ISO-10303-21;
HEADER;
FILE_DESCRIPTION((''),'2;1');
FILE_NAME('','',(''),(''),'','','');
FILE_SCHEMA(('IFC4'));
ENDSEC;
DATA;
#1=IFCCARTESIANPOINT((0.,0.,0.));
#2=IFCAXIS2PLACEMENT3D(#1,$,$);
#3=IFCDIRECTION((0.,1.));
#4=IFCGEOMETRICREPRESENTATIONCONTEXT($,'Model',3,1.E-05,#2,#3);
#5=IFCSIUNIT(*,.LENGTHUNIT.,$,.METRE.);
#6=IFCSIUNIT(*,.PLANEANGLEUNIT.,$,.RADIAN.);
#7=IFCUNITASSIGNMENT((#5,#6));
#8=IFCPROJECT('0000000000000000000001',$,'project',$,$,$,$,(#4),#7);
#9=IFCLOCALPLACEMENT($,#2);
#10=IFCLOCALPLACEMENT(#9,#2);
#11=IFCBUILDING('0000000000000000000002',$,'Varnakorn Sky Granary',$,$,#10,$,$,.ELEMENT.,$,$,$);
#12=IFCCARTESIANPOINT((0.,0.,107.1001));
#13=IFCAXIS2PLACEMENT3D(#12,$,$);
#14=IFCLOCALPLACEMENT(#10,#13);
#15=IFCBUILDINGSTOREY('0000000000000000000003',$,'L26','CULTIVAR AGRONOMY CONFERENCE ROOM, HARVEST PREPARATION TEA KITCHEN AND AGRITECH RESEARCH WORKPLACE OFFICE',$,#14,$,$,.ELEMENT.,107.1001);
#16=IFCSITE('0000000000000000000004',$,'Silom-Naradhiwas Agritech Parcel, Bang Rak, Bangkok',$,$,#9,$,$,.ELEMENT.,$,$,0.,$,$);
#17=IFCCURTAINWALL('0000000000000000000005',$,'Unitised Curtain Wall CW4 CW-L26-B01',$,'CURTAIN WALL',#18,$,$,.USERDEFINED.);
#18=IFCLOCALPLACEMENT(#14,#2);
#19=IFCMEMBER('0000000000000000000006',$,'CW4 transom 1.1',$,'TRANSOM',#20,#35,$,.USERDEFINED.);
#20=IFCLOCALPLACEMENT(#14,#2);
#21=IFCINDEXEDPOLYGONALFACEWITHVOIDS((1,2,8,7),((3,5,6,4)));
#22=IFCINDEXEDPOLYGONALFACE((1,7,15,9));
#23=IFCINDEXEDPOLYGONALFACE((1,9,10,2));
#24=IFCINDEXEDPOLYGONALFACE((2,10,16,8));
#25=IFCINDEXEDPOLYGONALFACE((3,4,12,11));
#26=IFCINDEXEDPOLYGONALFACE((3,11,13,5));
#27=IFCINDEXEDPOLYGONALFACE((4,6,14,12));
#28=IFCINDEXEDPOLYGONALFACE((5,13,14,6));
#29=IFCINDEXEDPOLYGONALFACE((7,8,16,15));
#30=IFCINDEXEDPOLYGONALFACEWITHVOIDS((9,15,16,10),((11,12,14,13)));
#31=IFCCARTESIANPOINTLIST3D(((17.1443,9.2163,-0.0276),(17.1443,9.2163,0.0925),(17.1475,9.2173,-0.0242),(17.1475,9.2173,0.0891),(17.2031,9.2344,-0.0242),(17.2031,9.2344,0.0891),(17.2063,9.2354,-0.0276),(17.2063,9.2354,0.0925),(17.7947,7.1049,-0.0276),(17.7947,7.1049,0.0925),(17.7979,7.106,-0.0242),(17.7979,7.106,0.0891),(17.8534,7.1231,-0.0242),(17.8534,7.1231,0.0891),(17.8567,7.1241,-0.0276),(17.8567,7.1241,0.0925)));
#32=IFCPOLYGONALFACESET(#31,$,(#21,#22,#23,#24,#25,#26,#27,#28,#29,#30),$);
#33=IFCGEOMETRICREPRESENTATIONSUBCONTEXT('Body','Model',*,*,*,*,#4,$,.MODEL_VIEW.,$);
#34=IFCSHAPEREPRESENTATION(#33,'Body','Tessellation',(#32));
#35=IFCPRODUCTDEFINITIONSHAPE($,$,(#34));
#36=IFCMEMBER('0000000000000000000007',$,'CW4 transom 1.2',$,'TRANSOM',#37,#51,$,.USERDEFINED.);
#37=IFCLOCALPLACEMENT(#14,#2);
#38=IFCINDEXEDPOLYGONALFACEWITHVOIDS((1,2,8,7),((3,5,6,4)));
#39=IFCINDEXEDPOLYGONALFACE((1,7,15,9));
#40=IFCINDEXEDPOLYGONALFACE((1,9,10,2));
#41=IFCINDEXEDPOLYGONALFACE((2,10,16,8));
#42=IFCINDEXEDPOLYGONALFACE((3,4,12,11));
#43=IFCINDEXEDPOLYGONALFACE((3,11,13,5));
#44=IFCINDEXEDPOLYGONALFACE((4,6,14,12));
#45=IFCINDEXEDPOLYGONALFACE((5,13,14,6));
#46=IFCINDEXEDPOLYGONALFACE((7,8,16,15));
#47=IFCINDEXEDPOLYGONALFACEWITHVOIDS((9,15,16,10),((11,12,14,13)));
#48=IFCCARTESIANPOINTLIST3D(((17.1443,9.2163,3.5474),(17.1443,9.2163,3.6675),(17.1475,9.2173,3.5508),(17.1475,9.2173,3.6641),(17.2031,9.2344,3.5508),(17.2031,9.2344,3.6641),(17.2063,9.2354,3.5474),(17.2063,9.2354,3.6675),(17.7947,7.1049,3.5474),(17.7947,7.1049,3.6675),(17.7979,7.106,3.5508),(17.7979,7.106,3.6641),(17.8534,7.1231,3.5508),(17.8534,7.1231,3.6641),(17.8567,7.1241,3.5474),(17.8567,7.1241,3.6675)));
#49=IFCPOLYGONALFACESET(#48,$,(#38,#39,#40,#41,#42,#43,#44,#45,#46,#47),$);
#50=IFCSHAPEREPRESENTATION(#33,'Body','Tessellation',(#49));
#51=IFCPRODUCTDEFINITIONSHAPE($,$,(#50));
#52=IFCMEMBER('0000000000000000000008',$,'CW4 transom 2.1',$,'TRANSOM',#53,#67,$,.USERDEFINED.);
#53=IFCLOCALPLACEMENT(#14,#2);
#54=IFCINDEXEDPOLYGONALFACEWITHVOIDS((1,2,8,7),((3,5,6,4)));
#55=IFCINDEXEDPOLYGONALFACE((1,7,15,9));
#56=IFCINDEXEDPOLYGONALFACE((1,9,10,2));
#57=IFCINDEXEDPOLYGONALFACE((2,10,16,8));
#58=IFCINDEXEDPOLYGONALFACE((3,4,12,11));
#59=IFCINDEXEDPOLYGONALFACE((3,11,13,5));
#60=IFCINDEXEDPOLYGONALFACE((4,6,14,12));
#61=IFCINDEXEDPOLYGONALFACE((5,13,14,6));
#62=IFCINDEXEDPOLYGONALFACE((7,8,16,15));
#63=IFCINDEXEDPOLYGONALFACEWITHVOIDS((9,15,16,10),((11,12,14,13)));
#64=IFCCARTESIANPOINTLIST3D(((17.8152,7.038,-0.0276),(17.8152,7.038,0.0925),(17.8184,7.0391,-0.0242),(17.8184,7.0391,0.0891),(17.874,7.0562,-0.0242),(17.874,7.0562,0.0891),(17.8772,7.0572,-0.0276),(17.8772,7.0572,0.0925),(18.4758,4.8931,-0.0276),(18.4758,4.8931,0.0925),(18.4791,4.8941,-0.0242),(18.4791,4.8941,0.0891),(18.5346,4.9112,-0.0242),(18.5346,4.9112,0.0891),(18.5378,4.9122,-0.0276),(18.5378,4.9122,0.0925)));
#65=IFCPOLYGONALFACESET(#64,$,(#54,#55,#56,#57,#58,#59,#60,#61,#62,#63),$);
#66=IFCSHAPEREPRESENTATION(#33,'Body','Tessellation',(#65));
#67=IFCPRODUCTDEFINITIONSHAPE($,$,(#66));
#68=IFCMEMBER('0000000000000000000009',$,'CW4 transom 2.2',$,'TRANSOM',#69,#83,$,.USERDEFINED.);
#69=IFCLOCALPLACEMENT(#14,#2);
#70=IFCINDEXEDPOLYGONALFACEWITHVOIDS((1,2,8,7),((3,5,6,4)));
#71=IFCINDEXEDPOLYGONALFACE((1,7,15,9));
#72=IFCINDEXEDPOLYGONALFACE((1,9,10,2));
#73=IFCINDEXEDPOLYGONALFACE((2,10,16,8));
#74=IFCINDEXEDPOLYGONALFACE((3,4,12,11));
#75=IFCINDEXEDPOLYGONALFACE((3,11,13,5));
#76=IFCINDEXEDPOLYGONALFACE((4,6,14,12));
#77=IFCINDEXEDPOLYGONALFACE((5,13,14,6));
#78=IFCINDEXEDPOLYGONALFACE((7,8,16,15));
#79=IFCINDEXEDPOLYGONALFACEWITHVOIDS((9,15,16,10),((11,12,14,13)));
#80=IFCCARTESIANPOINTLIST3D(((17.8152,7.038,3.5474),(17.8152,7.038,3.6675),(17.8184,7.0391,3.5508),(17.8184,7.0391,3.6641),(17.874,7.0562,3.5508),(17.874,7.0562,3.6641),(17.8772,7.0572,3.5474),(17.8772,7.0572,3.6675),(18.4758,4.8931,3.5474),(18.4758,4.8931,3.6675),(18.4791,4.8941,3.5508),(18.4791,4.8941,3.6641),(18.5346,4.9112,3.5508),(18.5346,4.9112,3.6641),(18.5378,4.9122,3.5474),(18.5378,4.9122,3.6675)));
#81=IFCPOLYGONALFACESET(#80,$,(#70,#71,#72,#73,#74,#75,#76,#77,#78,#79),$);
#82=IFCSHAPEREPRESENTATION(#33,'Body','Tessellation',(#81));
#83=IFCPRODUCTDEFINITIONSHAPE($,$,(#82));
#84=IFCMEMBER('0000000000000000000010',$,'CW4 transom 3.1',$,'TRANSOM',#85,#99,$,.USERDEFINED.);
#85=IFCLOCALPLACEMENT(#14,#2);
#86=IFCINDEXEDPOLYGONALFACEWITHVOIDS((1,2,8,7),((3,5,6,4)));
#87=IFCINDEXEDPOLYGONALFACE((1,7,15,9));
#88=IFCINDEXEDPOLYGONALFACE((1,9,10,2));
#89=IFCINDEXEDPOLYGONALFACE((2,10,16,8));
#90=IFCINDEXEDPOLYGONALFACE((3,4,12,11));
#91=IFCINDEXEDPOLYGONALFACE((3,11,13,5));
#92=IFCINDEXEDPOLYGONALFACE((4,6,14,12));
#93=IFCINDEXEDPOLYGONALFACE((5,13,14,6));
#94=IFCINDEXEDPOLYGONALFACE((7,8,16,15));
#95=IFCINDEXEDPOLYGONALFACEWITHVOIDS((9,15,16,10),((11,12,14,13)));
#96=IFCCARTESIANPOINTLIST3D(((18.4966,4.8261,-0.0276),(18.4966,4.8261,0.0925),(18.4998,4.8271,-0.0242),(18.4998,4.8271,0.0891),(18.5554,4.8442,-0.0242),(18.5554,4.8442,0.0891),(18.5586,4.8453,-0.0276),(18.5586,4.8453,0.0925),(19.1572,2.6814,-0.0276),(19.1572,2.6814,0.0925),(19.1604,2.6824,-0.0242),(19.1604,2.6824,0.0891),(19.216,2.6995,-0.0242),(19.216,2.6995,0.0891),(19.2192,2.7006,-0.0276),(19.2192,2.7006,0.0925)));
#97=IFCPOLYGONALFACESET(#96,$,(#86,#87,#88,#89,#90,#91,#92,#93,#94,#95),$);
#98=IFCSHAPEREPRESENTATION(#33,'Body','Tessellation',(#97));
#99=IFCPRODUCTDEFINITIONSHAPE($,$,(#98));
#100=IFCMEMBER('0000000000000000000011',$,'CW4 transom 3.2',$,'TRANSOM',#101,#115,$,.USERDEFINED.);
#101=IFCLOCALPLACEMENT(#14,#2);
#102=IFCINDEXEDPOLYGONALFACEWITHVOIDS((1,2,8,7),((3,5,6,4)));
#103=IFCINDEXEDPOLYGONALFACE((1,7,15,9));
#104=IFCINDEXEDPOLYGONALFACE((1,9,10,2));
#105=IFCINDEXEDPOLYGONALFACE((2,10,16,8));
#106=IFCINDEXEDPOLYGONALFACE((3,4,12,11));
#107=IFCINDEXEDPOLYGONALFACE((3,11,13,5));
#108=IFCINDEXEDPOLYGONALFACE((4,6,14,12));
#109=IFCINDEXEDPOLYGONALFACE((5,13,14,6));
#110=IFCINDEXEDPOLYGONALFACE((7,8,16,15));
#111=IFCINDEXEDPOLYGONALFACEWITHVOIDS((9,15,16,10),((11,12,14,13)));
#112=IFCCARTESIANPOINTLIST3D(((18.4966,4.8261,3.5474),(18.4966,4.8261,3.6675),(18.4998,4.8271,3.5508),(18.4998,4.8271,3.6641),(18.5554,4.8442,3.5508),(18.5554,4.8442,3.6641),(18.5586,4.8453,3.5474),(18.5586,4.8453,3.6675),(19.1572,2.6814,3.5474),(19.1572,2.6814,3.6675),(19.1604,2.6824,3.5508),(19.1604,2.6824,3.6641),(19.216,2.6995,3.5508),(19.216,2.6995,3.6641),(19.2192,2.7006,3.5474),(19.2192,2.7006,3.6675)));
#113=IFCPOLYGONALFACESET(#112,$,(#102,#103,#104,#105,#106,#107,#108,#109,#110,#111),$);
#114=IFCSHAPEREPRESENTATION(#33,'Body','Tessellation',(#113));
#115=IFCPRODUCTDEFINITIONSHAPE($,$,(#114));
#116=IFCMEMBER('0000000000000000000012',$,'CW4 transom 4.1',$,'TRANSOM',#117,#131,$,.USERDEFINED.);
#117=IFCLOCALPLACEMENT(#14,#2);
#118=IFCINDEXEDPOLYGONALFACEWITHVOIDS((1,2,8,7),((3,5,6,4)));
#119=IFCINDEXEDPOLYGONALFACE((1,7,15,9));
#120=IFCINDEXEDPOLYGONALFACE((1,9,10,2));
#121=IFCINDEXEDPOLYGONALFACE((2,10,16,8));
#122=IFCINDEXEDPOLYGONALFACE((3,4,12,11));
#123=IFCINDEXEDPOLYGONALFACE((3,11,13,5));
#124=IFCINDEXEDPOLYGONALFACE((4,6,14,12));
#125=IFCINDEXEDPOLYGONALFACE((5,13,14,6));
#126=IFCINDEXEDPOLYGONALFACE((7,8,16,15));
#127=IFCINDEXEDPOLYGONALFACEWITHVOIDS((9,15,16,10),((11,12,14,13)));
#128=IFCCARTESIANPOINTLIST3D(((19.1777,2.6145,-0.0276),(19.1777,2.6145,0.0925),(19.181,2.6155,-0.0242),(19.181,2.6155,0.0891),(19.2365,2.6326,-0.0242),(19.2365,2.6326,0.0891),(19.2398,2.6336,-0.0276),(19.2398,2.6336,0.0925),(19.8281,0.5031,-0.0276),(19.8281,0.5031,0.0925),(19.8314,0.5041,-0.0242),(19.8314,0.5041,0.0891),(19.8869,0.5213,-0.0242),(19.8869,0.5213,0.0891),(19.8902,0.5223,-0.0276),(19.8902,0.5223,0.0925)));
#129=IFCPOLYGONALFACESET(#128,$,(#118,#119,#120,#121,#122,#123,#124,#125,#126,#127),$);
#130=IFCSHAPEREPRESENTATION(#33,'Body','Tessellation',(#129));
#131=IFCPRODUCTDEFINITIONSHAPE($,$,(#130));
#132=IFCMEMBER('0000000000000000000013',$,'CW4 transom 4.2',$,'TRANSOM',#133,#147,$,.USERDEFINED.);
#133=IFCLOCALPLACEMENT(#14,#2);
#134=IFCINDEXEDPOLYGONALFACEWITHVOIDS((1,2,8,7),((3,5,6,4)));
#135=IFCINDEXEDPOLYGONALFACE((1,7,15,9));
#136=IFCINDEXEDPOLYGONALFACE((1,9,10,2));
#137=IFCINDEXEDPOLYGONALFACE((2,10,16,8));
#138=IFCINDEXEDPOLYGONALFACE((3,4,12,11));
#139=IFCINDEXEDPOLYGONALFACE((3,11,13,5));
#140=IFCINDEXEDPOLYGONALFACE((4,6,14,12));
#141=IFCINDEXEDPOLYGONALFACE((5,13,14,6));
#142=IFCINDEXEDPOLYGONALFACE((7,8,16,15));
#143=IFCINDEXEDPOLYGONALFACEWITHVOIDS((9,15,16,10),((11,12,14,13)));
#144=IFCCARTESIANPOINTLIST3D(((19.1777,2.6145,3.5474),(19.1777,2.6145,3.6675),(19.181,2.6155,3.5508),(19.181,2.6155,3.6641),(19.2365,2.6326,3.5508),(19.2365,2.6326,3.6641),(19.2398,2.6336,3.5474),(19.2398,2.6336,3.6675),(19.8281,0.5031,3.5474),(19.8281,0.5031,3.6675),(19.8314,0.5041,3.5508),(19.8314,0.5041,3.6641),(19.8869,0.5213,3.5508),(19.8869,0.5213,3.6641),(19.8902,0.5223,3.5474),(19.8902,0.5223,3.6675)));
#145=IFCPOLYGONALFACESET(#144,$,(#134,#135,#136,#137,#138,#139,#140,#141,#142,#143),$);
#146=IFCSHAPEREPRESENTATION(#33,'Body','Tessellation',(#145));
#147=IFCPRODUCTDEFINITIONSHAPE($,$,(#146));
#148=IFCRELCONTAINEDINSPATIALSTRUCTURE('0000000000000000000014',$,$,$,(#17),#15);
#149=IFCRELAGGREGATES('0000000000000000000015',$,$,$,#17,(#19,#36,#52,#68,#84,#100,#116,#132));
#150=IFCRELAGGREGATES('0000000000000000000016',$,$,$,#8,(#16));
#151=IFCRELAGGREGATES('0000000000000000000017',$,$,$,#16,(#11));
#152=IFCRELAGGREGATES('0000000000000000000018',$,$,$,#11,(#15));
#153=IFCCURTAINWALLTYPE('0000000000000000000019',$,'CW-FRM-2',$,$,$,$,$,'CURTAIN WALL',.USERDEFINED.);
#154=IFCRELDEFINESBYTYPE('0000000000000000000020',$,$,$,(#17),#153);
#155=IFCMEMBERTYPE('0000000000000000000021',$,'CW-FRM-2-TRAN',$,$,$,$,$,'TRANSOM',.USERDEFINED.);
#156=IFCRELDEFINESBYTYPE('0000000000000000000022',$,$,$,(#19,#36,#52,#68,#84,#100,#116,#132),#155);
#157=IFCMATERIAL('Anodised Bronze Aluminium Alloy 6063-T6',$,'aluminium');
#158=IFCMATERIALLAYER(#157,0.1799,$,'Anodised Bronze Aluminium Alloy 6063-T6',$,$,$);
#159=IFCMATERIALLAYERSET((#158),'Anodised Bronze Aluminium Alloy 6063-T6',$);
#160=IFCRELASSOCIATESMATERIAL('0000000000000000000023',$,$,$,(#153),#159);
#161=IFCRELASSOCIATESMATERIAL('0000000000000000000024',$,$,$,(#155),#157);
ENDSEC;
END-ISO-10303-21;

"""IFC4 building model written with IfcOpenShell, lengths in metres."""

from ifc_helpers import new_model, si_unit, direction, frame, origin, origin_2d, place, context, subcontext, project, spatial, hollow_rectangle, extrude, material, layer, layer_set, material_profile, profile_set, type_object, element, aggregate, save


model = new_model("IFC4")

# Units and contexts
model_context = context("Model", 3, precision=1e-05, world=origin(), true_north=direction((0.0, 1.0)))
body_context = subcontext(model_context, "Body", "Model", "MODEL_VIEW")
ifc_project = project(units=[si_unit("LENGTHUNIT", "METRE"), si_unit("PLANEANGLEUNIT", "RADIAN")], contexts=[model_context])

# Site, building, storey
site_placement = place(None, origin())
site = spatial("IfcSite", under=ifc_project, at=site_placement, Name="Silom-Naradhiwas Agritech Parcel, Bang Rak, Bangkok", CompositionType="ELEMENT", RefElevation=0.0)
building_placement = place(site_placement, origin())
building = spatial("IfcBuilding", under=site, at=building_placement, Name="Varnakorn Sky Granary", CompositionType="ELEMENT")
storey_placement = place(building_placement, frame((0.0, 0.0, 107.1001)))
storey = spatial("IfcBuildingStorey", under=building, at=storey_placement, Name="L26", Description="CULTIVAR AGRONOMY CONFERENCE ROOM, HARVEST PREPARATION TEA KITCHEN AND AGRITECH RESEARCH WORKPLACE OFFICE", CompositionType="ELEMENT", Elevation=107.1001)

# Curtain wall
ifc_material_1 = material(Name="Anodised Bronze Aluminium Alloy 6063-T6", Category="aluminium")
ifc_layer_1 = layer(ifc_material_1, 0.1799, Name="Anodised Bronze Aluminium Alloy 6063-T6")
ifc_layer_set_1 = layer_set([ifc_layer_1], Name="Anodised Bronze Aluminium Alloy 6063-T6")
curtain_wall_type = type_object("IfcCurtainWallType", Name="CW-FRM-2", ElementType="CURTAIN WALL", PredefinedType="USERDEFINED", material=ifc_layer_set_1)
curtain_wall_1_placement = place(storey_placement, origin())
curtain_wall_1 = element("IfcCurtainWall", 1, at=curtain_wall_1_placement, inside=storey, type_object=curtain_wall_type, Name="Unitised Curtain Wall CW4 CW-L26-B01", ObjectType="CURTAIN WALL", PredefinedType="USERDEFINED")

# Members
ifc_material_profile_1 = material_profile(ifc_material_1, hollow_rectangle(XDim=0.0649, YDim=0.1201, WallThickness=0.0034, at=origin_2d()), Name="ALU TRAN 65x120")
ifc_profile_set_1 = profile_set([ifc_material_profile_1], Name="Anodised Bronze Aluminium Alloy 6063-T6")
member_type_1 = type_object("IfcMemberType", Name="CW-FRM-2-TRAN", ElementType="TRANSOM", PredefinedType="USERDEFINED", material=ifc_profile_set_1)
member_1_placement = place(storey_placement, frame((17.1753, 9.2258, 0.0325), z_axis=(0.294396, -0.955683, 0.0), x_axis=(0.955683, 0.294396, 0.0)))
member_1 = element("IfcMember", 2, at=member_1_placement, type_object=member_type_1, Name="CW4 transom 1.1", ObjectType="TRANSOM", PredefinedType="USERDEFINED", context=body_context, shape_type="SweptSolid", body=[
    extrude(hollow_rectangle(XDim=0.0649, YDim=0.1201, WallThickness=0.0034, at=origin_2d()), origin(), (0.0, 0.0, 1.0), 2.2092),
])
member_2_placement = place(storey_placement, frame((17.1753, 9.2258, 3.6074), z_axis=(0.294396, -0.955683, 0.0), x_axis=(0.955683, 0.294396, 0.0)))
member_2 = element("IfcMember", 3, at=member_2_placement, type_object=member_type_1, Name="CW4 transom 1.2", ObjectType="TRANSOM", PredefinedType="USERDEFINED", context=body_context, shape_type="SweptSolid", body=[
    extrude(hollow_rectangle(XDim=0.0649, YDim=0.1201, WallThickness=0.0034, at=origin_2d()), origin(), (0.0, 0.0, 1.0), 2.2092),
])
member_3_placement = place(storey_placement, frame((17.8462, 7.0476, 0.0325), z_axis=(0.294346, -0.955699, 0.0), x_axis=(0.955699, 0.294346, 0.0)))
member_3 = element("IfcMember", 4, at=member_3_placement, type_object=member_type_1, Name="CW4 transom 2.1", ObjectType="TRANSOM", PredefinedType="USERDEFINED", context=body_context, shape_type="SweptSolid", body=[
    extrude(hollow_rectangle(XDim=0.0649, YDim=0.1201, WallThickness=0.0034, at=origin_2d()), origin(), (0.0, 0.0, 1.0), 2.2444),
])
member_4_placement = place(storey_placement, frame((17.8462, 7.0476, 3.6074), z_axis=(0.294346, -0.955699, 0.0), x_axis=(0.955699, 0.294346, 0.0)))
member_4 = element("IfcMember", 5, at=member_4_placement, type_object=member_type_1, Name="CW4 transom 2.2", ObjectType="TRANSOM", PredefinedType="USERDEFINED", context=body_context, shape_type="SweptSolid", body=[
    extrude(hollow_rectangle(XDim=0.0649, YDim=0.1201, WallThickness=0.0034, at=origin_2d()), origin(), (0.0, 0.0, 1.0), 2.2444),
])
member_5_placement = place(storey_placement, frame((18.5276, 4.8357, 0.0325), z_axis=(0.294376, -0.95569, 0.0), x_axis=(0.95569, 0.294376, 0.0)))
member_5 = element("IfcMember", 6, at=member_5_placement, type_object=member_type_1, Name="CW4 transom 3.1", ObjectType="TRANSOM", PredefinedType="USERDEFINED", context=body_context, shape_type="SweptSolid", body=[
    extrude(hollow_rectangle(XDim=0.0649, YDim=0.1201, WallThickness=0.0034, at=origin_2d()), origin(), (0.0, 0.0, 1.0), 2.2441),
])
member_6_placement = place(storey_placement, frame((18.5276, 4.8357, 3.6074), z_axis=(0.294376, -0.95569, 0.0), x_axis=(0.95569, 0.294376, 0.0)))
member_6 = element("IfcMember", 7, at=member_6_placement, type_object=member_type_1, Name="CW4 transom 3.2", ObjectType="TRANSOM", PredefinedType="USERDEFINED", context=body_context, shape_type="SweptSolid", body=[
    extrude(hollow_rectangle(XDim=0.0649, YDim=0.1201, WallThickness=0.0034, at=origin_2d()), origin(), (0.0, 0.0, 1.0), 2.2441),
])
member_7_placement = place(storey_placement, frame((19.2087, 2.624, 0.0325), z_axis=(0.294396, -0.955683, 0.0), x_axis=(0.955683, 0.294396, 0.0)))
member_7 = element("IfcMember", 8, at=member_7_placement, type_object=member_type_1, Name="CW4 transom 4.1", ObjectType="TRANSOM", PredefinedType="USERDEFINED", context=body_context, shape_type="SweptSolid", body=[
    extrude(hollow_rectangle(XDim=0.0649, YDim=0.1201, WallThickness=0.0034, at=origin_2d()), origin(), (0.0, 0.0, 1.0), 2.2092),
])
member_8_placement = place(storey_placement, frame((19.2087, 2.624, 3.6074), z_axis=(0.294396, -0.955683, 0.0), x_axis=(0.955683, 0.294396, 0.0)))
member_8 = element("IfcMember", 9, at=member_8_placement, type_object=member_type_1, Name="CW4 transom 4.2", ObjectType="TRANSOM", PredefinedType="USERDEFINED", context=body_context, shape_type="SweptSolid", body=[
    extrude(hollow_rectangle(XDim=0.0649, YDim=0.1201, WallThickness=0.0034, at=origin_2d()), origin(), (0.0, 0.0, 1.0), 2.2092),
])

aggregate(curtain_wall_1, [member_1, member_2, member_3, member_4, member_5, member_6, member_7, member_8])

save(model, "model.ifc")
